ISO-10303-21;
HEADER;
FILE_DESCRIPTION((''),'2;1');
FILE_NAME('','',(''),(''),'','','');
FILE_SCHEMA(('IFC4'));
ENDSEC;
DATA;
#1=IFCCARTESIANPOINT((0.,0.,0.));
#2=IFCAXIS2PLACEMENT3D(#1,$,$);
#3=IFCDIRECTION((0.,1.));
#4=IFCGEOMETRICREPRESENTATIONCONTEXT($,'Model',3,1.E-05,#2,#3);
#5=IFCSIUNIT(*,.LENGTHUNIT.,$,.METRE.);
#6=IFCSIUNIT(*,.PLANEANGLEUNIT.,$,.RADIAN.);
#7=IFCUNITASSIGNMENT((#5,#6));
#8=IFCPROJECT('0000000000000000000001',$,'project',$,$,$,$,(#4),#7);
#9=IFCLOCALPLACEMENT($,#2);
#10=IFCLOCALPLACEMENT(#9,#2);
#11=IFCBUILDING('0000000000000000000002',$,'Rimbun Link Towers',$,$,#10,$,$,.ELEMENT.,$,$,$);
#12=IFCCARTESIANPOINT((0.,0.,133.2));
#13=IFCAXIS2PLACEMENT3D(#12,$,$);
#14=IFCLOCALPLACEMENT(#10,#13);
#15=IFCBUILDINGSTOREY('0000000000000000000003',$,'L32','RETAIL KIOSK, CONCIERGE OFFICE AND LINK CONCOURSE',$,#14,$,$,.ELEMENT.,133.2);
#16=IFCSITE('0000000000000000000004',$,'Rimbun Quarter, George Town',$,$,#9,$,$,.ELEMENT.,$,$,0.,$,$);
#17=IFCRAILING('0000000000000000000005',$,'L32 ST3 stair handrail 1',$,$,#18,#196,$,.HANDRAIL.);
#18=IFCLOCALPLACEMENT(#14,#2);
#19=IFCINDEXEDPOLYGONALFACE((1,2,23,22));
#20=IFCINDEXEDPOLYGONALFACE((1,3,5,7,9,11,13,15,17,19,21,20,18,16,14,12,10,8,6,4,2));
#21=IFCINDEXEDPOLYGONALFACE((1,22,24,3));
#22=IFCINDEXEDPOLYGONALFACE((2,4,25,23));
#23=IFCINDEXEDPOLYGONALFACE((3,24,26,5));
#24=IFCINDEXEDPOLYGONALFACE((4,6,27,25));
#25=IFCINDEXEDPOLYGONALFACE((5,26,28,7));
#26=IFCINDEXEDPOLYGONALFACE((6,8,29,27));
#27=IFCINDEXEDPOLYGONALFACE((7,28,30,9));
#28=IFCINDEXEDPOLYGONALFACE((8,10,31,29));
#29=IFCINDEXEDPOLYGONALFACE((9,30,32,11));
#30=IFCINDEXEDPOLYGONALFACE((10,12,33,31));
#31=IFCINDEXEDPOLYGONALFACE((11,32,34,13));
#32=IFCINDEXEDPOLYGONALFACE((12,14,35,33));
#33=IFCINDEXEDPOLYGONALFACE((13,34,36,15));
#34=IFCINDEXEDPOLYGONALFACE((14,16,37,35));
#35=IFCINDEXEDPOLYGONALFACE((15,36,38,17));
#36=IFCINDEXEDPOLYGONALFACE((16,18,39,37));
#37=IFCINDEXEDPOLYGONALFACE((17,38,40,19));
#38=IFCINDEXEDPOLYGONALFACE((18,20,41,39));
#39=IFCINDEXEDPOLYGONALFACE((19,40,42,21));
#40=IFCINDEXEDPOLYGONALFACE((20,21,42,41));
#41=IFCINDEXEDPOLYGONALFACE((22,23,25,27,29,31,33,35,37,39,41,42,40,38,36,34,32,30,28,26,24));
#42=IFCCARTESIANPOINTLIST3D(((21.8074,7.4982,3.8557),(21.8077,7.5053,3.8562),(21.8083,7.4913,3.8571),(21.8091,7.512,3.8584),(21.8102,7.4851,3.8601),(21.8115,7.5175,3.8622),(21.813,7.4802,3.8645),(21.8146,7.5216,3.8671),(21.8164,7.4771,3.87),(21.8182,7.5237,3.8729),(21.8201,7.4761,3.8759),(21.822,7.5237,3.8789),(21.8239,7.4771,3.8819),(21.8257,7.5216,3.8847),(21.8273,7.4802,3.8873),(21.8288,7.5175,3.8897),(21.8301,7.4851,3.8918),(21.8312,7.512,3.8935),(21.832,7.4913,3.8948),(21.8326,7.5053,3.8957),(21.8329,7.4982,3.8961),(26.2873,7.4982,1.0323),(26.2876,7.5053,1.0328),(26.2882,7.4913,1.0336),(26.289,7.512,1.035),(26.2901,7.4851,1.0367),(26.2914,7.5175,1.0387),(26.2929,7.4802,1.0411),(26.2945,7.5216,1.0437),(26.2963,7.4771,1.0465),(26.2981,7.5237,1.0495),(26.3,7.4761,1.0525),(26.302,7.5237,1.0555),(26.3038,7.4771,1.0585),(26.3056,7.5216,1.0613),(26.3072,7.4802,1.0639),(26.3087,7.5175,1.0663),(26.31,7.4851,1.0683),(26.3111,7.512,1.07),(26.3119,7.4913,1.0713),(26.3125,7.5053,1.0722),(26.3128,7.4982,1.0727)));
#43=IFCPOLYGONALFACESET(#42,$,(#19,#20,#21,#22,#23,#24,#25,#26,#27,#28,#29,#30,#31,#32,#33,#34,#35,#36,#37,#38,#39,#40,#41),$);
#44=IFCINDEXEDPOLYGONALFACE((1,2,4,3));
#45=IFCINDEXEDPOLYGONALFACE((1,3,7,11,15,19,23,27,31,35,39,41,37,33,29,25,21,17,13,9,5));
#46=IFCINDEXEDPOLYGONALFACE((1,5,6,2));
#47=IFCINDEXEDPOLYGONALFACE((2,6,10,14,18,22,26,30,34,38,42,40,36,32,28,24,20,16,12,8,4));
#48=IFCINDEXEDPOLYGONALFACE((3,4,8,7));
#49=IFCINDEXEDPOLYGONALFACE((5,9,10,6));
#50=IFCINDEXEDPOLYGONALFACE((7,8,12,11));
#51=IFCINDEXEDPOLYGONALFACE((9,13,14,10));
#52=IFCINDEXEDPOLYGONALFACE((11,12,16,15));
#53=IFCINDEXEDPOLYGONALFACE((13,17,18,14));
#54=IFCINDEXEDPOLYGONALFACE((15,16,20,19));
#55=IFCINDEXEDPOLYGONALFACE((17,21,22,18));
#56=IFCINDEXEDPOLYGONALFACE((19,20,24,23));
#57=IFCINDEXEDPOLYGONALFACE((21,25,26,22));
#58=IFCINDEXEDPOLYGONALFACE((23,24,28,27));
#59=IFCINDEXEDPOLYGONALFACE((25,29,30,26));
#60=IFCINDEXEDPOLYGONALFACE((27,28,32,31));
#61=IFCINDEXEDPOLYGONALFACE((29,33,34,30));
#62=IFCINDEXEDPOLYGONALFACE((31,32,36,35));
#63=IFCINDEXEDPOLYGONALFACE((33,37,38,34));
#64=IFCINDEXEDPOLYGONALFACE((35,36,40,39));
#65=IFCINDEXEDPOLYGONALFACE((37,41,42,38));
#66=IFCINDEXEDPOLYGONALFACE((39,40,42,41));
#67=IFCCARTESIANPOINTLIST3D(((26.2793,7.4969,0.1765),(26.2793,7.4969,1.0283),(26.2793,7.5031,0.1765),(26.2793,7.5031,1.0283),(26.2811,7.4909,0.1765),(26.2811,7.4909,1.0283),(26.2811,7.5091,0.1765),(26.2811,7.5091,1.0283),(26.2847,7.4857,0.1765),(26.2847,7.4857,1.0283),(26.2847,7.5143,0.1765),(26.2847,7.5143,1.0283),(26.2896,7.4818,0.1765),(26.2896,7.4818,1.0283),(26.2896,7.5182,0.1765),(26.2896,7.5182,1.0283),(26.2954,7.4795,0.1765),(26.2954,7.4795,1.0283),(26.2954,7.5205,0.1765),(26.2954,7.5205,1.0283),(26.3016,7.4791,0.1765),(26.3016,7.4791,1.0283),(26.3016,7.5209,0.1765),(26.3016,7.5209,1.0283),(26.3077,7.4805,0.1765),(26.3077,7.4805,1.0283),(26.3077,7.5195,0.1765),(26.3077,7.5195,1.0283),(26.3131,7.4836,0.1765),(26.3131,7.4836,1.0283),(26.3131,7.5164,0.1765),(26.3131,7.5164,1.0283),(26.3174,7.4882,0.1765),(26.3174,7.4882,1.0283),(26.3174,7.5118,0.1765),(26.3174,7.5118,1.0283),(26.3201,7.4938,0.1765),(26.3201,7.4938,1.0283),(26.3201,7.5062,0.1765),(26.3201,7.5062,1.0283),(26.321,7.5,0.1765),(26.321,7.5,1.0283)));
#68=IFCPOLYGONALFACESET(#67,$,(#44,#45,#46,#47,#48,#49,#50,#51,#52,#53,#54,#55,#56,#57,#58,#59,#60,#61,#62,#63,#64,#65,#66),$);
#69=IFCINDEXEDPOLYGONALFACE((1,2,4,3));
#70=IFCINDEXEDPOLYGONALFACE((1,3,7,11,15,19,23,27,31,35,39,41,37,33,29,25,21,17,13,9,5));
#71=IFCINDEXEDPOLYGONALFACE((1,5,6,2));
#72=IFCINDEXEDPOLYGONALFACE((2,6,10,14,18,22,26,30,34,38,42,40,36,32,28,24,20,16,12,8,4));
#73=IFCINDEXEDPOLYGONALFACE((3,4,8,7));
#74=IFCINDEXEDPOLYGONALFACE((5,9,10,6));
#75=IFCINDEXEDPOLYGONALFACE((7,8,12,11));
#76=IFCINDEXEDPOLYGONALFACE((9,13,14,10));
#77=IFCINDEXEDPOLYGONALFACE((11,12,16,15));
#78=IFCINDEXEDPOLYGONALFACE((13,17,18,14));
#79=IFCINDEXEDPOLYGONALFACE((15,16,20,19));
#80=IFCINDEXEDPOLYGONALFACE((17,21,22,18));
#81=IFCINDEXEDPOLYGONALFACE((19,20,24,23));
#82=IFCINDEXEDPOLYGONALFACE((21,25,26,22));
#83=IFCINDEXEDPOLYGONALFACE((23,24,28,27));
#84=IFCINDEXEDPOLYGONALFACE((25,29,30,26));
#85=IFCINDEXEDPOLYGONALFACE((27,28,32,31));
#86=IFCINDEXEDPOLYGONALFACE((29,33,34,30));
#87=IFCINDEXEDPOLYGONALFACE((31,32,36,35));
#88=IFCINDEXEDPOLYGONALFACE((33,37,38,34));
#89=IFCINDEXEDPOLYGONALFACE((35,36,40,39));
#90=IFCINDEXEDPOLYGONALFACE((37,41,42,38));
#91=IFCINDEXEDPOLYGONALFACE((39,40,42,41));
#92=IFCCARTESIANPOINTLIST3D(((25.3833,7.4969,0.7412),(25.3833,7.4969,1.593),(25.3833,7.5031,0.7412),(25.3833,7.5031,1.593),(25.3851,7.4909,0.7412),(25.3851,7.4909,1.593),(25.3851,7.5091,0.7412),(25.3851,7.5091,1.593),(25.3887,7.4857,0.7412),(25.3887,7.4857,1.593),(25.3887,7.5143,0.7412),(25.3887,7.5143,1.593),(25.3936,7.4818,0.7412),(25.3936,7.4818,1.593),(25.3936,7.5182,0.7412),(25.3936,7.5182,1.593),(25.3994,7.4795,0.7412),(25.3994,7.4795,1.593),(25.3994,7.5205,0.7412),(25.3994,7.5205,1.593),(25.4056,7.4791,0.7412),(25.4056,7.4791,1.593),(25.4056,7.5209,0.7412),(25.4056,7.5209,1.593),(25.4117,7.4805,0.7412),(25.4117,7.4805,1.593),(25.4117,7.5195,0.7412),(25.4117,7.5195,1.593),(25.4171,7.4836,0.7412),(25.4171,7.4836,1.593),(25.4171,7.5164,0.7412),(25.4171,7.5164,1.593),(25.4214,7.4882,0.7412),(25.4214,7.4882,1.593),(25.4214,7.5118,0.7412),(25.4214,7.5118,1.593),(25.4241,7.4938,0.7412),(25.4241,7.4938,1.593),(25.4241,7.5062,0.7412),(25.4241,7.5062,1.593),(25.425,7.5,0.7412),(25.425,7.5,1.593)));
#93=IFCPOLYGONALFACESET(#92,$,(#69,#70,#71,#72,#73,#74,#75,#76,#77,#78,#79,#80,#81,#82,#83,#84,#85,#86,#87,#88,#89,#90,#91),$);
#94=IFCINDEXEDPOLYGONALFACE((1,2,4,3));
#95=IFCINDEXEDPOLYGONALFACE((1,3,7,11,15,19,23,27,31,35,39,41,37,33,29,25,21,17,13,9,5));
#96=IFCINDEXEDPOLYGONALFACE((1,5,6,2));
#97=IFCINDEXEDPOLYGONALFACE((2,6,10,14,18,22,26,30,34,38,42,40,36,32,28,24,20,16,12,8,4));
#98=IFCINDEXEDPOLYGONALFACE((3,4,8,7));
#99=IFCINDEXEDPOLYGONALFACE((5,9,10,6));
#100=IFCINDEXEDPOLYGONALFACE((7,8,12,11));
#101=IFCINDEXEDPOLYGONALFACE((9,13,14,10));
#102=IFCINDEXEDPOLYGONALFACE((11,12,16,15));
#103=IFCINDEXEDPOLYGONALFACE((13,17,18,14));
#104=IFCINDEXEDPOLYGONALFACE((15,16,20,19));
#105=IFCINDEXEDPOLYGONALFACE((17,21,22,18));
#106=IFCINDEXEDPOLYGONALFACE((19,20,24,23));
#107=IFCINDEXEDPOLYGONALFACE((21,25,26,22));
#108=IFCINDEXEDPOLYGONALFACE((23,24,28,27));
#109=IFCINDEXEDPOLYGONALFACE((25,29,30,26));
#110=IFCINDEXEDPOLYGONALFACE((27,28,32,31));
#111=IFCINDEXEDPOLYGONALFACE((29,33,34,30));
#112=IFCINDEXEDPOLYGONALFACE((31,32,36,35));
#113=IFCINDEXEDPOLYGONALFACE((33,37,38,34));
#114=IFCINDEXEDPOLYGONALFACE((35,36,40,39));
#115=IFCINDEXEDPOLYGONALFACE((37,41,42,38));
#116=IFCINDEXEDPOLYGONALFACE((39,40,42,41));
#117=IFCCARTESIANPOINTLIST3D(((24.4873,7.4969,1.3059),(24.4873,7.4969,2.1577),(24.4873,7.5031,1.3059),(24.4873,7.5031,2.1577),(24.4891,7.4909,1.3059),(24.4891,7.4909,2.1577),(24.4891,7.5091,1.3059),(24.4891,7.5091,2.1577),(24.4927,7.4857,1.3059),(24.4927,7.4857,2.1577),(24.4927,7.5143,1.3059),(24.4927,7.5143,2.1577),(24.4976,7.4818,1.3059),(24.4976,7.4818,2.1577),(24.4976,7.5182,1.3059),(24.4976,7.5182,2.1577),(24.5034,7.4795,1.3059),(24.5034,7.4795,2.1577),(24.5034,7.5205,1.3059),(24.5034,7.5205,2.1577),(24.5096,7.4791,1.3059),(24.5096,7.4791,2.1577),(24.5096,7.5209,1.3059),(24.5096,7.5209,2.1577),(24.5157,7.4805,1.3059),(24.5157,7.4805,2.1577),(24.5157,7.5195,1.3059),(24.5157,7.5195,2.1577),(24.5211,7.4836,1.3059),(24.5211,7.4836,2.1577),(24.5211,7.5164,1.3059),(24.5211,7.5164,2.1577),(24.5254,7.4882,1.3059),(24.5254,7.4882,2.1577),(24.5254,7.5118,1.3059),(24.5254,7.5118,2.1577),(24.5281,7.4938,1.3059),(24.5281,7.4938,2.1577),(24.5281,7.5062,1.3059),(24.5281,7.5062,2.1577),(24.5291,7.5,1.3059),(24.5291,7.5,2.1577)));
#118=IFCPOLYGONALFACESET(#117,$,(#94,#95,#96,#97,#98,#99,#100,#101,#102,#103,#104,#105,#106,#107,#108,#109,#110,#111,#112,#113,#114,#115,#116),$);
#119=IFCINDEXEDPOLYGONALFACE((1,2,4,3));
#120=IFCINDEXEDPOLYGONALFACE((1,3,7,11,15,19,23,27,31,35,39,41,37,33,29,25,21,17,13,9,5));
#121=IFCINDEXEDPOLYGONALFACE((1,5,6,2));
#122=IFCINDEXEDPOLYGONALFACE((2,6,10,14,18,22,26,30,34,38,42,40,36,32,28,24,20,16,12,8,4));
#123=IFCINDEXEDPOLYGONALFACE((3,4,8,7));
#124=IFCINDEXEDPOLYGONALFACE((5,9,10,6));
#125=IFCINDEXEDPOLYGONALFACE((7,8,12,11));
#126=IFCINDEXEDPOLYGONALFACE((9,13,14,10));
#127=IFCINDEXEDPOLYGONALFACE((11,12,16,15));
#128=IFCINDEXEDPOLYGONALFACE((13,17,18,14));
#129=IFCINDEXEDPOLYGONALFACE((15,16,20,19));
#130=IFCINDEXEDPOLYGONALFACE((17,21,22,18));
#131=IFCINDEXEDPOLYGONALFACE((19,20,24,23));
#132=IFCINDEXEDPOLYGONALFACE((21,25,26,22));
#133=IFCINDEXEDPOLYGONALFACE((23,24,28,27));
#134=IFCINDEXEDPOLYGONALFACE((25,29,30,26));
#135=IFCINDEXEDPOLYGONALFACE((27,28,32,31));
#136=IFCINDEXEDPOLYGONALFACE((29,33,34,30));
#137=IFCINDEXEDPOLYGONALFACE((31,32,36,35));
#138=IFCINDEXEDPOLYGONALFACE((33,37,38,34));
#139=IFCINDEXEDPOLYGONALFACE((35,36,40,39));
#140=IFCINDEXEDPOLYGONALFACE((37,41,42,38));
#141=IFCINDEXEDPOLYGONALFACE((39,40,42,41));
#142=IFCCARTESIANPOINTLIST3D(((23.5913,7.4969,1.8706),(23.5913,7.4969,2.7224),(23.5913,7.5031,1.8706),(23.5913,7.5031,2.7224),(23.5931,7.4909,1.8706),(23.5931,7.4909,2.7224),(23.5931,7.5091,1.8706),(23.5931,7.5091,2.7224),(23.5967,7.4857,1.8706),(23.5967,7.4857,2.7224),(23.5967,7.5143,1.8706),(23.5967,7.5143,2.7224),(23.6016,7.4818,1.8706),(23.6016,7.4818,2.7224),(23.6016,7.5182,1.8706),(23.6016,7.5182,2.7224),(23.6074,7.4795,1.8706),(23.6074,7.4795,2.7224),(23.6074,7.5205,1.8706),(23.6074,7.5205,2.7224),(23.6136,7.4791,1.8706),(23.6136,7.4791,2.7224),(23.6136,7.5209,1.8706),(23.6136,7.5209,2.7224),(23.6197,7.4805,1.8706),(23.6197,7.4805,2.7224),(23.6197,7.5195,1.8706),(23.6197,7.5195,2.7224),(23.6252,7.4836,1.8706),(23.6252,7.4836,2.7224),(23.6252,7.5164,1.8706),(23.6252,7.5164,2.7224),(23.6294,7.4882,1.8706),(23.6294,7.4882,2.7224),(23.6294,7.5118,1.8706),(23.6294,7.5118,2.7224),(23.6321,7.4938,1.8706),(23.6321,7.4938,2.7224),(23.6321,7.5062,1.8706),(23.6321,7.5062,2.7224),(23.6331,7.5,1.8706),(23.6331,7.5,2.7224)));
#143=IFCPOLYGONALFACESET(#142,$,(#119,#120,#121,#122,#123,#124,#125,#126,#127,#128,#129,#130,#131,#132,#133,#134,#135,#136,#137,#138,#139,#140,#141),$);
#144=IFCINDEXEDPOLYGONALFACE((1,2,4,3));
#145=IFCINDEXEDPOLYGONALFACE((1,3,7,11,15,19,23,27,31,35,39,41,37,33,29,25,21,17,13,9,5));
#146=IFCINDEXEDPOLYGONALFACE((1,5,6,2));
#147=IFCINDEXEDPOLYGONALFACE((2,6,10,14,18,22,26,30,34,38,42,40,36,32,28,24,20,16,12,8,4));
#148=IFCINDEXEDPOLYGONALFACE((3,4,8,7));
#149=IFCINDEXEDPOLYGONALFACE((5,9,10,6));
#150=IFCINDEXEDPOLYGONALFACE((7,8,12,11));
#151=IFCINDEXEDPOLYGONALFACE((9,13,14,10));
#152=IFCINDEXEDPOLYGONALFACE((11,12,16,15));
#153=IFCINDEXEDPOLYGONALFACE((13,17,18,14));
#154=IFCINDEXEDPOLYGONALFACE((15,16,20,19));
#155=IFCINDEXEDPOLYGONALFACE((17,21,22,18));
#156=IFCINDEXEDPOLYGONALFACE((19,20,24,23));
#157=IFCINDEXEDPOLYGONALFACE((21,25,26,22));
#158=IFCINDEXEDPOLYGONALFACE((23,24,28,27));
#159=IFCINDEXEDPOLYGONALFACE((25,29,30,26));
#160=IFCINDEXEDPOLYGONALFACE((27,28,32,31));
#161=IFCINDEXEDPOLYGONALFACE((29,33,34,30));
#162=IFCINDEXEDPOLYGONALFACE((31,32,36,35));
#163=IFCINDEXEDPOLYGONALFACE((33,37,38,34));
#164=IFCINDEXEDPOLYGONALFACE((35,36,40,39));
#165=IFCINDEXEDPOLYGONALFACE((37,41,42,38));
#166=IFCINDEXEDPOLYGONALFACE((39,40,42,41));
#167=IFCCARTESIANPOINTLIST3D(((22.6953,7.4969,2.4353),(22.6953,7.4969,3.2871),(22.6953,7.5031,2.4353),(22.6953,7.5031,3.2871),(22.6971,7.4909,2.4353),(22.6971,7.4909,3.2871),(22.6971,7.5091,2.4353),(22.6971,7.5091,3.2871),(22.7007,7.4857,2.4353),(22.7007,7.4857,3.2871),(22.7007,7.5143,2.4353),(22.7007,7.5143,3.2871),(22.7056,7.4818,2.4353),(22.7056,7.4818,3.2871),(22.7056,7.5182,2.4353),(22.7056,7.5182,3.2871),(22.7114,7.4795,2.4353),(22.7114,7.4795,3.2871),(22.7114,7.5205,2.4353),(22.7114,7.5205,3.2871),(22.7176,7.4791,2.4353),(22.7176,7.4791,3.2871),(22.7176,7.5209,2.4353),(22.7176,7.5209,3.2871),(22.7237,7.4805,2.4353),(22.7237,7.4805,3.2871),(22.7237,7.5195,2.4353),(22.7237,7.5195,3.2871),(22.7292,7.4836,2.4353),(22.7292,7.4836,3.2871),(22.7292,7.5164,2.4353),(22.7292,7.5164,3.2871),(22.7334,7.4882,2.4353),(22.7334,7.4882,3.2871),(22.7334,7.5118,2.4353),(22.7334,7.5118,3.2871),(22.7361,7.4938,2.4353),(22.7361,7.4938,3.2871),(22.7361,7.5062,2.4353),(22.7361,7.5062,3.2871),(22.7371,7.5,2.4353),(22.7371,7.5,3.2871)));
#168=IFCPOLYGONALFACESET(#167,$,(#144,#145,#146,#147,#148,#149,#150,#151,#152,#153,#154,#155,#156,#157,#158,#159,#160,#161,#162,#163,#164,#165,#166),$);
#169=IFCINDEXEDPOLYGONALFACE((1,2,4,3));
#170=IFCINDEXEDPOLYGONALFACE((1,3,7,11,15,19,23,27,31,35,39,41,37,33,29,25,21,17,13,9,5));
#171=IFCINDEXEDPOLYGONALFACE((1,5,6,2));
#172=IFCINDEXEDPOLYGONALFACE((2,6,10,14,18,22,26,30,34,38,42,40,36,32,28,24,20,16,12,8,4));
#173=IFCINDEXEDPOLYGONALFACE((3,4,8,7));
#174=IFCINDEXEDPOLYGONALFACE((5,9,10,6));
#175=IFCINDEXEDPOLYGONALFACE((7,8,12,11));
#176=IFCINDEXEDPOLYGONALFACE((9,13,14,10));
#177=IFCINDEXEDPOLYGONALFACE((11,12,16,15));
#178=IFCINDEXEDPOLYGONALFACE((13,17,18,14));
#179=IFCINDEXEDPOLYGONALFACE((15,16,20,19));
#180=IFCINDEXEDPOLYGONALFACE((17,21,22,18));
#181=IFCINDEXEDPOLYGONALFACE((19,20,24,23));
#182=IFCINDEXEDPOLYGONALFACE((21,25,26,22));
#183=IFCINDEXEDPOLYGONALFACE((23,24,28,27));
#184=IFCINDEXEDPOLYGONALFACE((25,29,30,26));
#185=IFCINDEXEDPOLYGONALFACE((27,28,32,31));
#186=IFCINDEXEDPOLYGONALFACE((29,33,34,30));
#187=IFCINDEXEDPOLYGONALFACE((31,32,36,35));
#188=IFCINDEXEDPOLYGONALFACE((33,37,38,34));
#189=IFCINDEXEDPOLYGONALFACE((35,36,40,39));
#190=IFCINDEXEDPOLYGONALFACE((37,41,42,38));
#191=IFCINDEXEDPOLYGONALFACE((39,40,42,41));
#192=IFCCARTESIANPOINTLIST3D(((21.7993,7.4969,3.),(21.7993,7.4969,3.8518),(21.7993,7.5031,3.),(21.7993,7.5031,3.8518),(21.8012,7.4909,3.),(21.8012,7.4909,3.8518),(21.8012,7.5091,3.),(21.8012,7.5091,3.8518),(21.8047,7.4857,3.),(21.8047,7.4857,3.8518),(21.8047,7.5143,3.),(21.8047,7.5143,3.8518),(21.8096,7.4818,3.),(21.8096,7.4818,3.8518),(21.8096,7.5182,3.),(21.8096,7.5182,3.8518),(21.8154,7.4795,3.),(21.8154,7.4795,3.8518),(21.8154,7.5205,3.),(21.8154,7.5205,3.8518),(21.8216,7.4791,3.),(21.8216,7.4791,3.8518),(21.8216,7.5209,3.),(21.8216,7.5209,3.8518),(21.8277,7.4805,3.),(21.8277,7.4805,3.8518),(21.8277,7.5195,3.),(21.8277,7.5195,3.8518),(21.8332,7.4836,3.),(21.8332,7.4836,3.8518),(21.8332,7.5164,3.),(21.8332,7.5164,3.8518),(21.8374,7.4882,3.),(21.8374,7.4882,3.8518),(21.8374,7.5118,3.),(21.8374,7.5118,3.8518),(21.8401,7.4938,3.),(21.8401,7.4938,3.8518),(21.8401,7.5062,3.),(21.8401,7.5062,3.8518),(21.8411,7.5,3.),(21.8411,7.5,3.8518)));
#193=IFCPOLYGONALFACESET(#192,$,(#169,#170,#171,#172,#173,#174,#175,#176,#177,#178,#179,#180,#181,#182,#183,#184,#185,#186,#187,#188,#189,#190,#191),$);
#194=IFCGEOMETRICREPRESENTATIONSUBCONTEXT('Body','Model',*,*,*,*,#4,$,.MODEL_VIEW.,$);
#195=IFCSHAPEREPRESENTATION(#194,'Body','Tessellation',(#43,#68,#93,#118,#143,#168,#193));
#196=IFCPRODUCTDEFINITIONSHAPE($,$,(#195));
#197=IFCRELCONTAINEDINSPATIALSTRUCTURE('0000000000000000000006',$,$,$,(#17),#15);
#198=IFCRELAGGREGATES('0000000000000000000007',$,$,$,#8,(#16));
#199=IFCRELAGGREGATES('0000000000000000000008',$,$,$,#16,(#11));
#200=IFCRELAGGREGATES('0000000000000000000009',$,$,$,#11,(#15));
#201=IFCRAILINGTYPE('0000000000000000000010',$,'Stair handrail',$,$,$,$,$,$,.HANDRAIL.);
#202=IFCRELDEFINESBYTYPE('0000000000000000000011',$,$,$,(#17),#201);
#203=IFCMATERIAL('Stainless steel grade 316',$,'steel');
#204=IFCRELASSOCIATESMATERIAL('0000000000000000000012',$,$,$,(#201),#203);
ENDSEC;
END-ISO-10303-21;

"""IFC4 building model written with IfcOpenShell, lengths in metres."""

from ifc_helpers import new_model, si_unit, direction, frame, origin, origin_2d, place, context, subcontext, project, spatial, circle, extrude, material, type_object, element, save


model = new_model("IFC4")

# Units and contexts
model_context = context("Model", 3, precision=1e-05, world=origin(), true_north=direction((0.0, 1.0)))
body_context = subcontext(model_context, "Body", "Model", "MODEL_VIEW")
ifc_project = project(units=[si_unit("LENGTHUNIT", "METRE"), si_unit("PLANEANGLEUNIT", "RADIAN")], contexts=[model_context])

# Site, building, storey
site_placement = place(None, origin())
site = spatial("IfcSite", under=ifc_project, at=site_placement, Name="Rimbun Quarter, George Town", CompositionType="ELEMENT", RefElevation=0.0)
building_placement = place(site_placement, origin())
building = spatial("IfcBuilding", under=site, at=building_placement, Name="Rimbun Link Towers", CompositionType="ELEMENT")
storey_placement = place(building_placement, frame((0.0, 0.0, 133.2)))
storey = spatial("IfcBuildingStorey", under=building, at=storey_placement, Name="L32", Description="RETAIL KIOSK, CONCIERGE OFFICE AND LINK CONCOURSE", CompositionType="ELEMENT", Elevation=133.2)

# Railing
ifc_material_1 = material(Name="Stainless steel grade 316", Category="steel")
railing_type_1 = type_object("IfcRailingType", Name="Stair handrail", PredefinedType="HANDRAIL", material=ifc_material_1)
railing_1_placement = place(storey_placement, frame((26.3, 7.5, 0.1765)))
element("IfcRailing", 1, at=railing_1_placement, inside=storey, type_object=railing_type_1, Name="L32 ST3 stair handrail 1", PredefinedType="HANDRAIL", context=body_context, shape_type="SweptSolid", body=[
    extrude(circle(Radius=0.0239, at=origin_2d()), frame((0.0, 0.0, 0.876), z_axis=(-0.845998, 0.0, 0.533186), x_axis=(0.0, -1.0, 0.0)), (0.0, 0.0, 1.0), 5.2954),
    extrude(circle(Radius=0.021, at=origin_2d()), origin(), (0.0, 0.0, 1.0), 0.8518),
    extrude(circle(Radius=0.021, at=origin_2d()), frame((-0.896, 0.0, 0.5647)), (0.0, 0.0, 1.0), 0.8518),
    extrude(circle(Radius=0.021, at=origin_2d()), frame((-1.792, 0.0, 1.1294)), (0.0, 0.0, 1.0), 0.8518),
    extrude(circle(Radius=0.021, at=origin_2d()), frame((-2.688, 0.0, 1.6941)), (0.0, 0.0, 1.0), 0.8518),
    extrude(circle(Radius=0.021, at=origin_2d()), frame((-3.584, 0.0, 2.2588)), (0.0, 0.0, 1.0), 0.8518),
    extrude(circle(Radius=0.021, at=origin_2d()), frame((-4.48, 0.0, 2.8235)), (0.0, 0.0, 1.0), 0.8518),
])

save(model, "model.ifc")
